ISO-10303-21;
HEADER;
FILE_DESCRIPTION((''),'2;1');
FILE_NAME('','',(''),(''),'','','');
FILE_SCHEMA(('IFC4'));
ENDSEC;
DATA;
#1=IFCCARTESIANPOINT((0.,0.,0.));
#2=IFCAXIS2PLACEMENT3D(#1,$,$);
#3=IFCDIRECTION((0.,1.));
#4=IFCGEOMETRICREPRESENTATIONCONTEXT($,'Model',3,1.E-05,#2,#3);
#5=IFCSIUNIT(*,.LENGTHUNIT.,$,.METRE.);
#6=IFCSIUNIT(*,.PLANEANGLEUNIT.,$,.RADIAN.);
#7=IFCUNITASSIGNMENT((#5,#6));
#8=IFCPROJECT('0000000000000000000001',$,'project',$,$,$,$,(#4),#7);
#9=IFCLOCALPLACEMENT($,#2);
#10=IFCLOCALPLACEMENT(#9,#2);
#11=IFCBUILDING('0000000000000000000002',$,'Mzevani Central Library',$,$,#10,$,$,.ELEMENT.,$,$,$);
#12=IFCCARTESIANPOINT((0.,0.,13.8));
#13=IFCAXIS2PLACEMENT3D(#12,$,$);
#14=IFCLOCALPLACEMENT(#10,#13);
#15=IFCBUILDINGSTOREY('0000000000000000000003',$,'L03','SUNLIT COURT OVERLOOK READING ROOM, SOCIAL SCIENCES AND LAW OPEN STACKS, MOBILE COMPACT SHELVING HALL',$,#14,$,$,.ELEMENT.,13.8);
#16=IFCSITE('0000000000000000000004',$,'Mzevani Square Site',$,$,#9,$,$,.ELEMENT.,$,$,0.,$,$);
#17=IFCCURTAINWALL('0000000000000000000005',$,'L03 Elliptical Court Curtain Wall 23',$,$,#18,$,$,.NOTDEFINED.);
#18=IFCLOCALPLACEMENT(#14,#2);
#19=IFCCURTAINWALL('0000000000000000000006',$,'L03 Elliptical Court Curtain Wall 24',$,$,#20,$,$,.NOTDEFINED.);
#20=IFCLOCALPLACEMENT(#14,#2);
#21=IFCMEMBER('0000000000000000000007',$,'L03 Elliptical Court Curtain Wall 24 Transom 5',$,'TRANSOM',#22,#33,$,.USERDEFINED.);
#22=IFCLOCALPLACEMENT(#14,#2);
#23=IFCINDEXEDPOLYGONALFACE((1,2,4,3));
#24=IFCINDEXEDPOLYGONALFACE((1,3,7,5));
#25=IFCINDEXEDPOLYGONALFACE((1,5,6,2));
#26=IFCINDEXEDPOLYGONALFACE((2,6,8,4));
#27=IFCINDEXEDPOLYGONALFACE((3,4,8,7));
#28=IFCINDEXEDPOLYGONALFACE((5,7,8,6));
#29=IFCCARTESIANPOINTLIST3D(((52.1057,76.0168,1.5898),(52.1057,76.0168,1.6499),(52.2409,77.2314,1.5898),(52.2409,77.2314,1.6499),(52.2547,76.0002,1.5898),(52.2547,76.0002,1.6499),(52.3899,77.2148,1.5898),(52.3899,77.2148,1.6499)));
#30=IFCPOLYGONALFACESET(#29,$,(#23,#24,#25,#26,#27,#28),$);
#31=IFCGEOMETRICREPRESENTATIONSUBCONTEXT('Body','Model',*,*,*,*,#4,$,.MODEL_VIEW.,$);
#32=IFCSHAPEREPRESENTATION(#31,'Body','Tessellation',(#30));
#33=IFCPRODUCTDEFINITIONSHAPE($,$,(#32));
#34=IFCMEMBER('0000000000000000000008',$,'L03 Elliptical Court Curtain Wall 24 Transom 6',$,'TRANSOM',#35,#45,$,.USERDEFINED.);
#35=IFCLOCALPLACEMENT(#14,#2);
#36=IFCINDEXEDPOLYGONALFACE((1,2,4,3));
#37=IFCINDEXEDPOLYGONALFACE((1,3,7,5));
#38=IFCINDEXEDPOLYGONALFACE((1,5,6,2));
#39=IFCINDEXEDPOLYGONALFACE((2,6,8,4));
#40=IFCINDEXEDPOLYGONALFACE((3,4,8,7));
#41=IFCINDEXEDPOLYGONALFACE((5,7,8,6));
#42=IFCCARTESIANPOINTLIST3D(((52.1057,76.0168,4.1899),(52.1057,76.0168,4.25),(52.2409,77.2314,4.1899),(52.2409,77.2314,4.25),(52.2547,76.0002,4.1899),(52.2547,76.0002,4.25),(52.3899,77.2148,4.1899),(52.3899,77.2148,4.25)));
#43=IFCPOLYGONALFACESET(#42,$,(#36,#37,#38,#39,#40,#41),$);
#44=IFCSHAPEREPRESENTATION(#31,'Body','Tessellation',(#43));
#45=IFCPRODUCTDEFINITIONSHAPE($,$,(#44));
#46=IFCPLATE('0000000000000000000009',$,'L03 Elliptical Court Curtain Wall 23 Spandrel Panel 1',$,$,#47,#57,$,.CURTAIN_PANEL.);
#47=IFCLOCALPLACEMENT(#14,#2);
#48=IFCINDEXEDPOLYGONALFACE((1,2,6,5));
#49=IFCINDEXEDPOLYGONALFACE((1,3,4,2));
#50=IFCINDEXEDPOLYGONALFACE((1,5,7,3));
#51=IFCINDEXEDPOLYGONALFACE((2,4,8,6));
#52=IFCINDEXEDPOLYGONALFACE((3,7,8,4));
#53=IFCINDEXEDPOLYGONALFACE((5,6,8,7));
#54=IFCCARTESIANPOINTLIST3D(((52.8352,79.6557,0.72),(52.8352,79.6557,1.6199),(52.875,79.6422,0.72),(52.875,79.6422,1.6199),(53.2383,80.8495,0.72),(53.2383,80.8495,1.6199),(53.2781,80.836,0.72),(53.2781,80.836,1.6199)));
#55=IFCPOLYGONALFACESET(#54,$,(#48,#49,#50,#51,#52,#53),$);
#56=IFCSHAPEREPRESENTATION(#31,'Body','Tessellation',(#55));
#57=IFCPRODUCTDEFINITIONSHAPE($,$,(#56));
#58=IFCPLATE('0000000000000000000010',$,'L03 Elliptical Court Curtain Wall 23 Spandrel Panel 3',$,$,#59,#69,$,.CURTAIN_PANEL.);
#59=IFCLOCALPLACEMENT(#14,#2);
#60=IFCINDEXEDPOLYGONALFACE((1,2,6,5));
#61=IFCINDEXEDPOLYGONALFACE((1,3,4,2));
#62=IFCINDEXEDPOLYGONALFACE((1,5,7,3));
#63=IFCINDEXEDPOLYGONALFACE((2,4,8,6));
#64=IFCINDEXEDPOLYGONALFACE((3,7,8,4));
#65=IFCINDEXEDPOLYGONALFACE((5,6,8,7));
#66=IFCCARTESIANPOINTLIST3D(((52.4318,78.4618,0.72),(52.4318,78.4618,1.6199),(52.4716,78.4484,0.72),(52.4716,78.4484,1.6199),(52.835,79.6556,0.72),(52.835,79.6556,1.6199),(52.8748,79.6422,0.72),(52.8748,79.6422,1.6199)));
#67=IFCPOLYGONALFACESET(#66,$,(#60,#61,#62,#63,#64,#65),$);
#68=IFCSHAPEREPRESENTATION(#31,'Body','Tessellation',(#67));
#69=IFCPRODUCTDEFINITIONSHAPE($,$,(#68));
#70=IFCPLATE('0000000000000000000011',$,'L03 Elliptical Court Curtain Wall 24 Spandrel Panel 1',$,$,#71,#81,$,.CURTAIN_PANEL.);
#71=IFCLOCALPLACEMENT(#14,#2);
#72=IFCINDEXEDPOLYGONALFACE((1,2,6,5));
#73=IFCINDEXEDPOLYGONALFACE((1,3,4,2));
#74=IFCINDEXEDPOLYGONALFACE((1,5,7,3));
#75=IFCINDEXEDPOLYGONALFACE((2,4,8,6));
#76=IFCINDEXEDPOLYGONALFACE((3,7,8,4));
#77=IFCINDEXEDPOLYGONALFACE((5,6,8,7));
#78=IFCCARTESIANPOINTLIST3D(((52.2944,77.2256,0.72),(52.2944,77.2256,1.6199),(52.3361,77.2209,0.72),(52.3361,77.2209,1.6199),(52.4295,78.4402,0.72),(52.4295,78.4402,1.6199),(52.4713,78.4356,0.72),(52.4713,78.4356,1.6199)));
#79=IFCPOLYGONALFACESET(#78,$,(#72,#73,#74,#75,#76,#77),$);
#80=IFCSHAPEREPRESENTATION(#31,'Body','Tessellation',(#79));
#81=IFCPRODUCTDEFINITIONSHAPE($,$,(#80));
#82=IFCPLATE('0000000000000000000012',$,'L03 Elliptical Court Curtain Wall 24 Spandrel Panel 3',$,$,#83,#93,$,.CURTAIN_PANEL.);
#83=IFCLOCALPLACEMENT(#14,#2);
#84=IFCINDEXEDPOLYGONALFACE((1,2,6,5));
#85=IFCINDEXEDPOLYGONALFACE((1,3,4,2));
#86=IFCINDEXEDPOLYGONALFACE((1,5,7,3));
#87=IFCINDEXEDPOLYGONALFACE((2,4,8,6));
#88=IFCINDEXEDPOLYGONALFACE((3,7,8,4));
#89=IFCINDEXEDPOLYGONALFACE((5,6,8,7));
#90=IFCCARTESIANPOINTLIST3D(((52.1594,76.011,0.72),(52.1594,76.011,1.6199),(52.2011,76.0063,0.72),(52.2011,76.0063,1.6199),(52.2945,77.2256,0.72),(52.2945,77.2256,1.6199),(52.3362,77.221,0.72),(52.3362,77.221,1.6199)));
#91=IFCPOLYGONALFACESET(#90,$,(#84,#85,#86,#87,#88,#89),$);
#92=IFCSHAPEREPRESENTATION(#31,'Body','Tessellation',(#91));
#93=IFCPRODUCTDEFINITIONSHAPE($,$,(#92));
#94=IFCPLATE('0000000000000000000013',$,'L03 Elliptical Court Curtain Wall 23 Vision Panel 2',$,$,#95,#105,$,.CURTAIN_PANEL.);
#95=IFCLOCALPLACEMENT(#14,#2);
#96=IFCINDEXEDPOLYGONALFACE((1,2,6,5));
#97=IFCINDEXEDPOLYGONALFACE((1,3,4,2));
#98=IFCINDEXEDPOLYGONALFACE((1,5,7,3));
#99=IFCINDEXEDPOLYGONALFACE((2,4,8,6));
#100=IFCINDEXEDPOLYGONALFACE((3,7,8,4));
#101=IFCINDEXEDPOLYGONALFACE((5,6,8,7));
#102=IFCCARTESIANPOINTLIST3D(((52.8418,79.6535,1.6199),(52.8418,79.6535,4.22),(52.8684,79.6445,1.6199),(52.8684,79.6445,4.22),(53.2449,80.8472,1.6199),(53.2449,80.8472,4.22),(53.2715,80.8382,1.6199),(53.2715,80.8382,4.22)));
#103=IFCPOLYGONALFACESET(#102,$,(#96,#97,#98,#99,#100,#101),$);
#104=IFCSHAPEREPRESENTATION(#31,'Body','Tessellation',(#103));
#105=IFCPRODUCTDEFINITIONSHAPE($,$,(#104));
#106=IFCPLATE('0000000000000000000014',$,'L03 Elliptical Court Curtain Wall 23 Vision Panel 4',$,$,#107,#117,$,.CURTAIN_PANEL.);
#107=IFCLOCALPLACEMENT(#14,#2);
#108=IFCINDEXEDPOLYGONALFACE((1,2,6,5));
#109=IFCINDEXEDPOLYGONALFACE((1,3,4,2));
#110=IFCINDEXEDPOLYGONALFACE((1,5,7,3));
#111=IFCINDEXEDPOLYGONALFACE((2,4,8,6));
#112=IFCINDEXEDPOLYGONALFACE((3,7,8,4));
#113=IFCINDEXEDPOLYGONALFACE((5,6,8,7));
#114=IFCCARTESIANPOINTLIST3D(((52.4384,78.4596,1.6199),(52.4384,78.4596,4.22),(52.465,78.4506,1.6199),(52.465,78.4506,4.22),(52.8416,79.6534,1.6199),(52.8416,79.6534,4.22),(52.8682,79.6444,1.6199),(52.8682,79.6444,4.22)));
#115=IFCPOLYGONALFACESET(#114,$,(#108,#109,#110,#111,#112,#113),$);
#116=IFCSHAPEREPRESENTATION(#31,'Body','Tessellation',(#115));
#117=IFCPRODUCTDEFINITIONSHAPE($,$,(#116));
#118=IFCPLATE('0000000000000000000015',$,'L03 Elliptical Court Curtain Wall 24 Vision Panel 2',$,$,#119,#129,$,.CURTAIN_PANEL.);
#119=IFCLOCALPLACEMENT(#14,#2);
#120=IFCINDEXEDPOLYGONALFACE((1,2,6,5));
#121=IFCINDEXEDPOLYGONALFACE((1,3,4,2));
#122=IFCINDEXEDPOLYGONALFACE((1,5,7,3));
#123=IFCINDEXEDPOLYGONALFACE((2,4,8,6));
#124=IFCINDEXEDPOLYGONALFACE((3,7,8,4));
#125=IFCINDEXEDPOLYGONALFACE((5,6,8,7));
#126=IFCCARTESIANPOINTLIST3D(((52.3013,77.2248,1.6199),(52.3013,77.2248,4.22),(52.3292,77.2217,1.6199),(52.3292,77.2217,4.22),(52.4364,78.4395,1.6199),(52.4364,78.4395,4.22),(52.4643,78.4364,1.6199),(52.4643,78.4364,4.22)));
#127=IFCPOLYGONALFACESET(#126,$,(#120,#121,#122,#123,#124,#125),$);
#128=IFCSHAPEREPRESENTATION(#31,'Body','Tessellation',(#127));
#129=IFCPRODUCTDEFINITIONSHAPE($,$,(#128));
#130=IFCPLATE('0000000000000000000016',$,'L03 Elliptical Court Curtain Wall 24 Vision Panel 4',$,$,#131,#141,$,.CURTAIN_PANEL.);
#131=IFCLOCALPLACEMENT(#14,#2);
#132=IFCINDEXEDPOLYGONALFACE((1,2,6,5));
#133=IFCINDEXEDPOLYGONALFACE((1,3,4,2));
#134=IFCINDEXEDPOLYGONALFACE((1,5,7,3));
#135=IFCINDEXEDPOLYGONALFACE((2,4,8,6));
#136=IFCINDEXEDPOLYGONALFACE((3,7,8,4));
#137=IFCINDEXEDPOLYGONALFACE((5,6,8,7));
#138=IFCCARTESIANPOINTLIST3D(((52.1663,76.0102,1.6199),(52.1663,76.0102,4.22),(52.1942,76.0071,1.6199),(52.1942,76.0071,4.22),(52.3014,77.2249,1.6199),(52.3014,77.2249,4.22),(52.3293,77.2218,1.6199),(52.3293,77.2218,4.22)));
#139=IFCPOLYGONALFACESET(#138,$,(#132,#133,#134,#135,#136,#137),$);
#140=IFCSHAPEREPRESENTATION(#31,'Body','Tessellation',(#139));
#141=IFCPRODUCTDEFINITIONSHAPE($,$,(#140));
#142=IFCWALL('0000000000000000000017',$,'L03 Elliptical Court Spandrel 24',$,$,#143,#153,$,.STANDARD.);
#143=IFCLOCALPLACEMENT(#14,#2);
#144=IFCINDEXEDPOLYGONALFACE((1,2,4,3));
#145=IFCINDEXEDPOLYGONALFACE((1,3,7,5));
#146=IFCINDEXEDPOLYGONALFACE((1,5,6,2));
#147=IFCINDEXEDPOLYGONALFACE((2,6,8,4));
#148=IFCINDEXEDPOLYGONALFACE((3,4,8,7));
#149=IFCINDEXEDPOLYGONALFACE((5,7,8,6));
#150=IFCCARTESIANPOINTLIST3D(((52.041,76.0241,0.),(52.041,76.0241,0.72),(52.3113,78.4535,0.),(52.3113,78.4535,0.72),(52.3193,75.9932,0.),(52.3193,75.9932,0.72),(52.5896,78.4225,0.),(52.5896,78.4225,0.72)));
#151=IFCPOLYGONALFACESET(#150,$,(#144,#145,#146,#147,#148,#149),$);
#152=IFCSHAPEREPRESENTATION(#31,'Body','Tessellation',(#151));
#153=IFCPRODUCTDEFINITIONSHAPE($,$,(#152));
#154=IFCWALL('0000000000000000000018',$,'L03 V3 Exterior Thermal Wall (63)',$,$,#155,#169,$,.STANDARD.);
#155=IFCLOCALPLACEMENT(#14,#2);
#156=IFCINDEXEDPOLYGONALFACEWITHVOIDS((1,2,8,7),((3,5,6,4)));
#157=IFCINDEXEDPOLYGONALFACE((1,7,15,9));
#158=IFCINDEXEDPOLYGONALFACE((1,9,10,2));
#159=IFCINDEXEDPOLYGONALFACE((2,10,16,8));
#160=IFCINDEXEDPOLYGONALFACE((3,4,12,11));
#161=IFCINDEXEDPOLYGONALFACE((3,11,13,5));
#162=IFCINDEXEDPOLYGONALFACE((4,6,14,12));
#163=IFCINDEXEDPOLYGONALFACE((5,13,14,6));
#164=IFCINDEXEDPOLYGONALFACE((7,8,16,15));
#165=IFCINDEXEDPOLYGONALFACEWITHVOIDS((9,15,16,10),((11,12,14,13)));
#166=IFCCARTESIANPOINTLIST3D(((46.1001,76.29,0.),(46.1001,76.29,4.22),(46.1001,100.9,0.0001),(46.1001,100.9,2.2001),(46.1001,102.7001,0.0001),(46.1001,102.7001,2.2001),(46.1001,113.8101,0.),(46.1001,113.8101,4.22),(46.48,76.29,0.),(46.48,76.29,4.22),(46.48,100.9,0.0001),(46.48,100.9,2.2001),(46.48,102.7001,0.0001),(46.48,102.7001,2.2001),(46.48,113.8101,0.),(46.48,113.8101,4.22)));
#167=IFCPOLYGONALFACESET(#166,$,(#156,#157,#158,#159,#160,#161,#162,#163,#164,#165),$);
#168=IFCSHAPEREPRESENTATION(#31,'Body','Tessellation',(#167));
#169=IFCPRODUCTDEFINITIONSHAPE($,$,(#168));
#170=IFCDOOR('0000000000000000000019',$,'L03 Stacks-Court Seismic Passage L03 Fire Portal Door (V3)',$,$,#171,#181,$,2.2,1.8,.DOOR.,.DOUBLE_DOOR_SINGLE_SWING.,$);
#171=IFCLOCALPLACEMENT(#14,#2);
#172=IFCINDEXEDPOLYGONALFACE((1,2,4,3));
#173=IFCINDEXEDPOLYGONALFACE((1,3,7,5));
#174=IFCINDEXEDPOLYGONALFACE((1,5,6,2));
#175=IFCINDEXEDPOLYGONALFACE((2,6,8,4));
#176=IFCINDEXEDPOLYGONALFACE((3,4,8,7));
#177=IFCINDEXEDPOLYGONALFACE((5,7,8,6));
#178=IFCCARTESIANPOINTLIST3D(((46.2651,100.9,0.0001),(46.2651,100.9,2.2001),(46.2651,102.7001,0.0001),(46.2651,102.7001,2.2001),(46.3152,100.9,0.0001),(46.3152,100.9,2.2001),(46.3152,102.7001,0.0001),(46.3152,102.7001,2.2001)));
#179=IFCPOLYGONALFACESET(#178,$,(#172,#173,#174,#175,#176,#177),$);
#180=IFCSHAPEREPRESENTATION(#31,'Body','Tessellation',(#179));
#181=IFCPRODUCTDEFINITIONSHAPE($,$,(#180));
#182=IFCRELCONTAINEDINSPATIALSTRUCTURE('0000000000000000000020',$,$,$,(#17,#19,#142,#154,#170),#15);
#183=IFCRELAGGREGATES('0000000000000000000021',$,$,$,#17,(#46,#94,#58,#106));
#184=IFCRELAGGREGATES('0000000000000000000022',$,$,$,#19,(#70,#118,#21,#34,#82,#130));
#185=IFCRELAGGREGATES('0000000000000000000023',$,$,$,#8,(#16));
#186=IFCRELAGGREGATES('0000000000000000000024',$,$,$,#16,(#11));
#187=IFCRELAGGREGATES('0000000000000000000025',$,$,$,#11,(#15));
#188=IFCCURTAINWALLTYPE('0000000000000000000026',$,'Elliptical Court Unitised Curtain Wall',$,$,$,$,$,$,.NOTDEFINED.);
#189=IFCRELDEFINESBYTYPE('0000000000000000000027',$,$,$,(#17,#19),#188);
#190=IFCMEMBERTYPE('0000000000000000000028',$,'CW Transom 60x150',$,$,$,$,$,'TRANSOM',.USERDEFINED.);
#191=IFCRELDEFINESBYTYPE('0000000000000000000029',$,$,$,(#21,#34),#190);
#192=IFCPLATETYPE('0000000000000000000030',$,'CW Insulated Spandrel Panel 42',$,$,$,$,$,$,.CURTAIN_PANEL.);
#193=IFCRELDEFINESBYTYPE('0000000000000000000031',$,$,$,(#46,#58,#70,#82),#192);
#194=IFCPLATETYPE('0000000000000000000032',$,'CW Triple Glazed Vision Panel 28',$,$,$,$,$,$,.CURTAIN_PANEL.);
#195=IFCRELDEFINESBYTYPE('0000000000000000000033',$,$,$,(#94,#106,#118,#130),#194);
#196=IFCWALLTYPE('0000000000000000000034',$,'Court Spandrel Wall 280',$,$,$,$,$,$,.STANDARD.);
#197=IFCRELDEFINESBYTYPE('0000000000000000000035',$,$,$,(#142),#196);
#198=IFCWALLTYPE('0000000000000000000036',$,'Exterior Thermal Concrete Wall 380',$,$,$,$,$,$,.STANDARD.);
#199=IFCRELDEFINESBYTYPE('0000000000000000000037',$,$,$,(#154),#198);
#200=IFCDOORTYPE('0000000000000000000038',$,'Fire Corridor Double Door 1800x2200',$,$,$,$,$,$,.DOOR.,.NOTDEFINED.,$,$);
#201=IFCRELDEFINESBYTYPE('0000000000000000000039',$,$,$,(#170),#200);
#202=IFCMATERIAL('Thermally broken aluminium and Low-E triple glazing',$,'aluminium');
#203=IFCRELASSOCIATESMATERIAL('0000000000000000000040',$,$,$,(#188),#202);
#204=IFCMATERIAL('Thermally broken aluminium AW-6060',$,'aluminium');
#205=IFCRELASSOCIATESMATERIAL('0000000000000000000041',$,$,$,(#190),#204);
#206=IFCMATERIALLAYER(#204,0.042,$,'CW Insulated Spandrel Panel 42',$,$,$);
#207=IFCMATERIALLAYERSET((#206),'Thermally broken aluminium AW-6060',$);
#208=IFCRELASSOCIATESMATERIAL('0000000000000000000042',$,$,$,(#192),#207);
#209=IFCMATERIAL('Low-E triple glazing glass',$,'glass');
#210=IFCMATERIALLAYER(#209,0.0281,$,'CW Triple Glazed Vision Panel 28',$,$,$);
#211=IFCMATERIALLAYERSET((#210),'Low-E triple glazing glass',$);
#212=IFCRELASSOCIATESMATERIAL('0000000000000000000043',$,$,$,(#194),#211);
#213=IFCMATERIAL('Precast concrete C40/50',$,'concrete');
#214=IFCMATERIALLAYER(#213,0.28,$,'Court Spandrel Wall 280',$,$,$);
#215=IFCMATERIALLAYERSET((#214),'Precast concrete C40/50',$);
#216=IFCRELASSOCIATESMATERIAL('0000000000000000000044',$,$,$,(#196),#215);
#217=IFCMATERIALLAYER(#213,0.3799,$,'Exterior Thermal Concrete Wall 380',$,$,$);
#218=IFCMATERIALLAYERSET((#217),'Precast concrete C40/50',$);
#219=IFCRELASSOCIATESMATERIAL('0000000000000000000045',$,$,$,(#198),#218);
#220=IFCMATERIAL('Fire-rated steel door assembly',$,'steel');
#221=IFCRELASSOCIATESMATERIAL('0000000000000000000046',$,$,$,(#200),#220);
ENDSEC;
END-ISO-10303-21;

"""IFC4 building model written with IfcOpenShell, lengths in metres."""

from ifc_helpers import new_model, si_unit, direction, frame, frame_2d, origin, origin_2d, place, context, subcontext, project, spatial, rectangle, extrude, material, layer, layer_set, material_profile, profile_set, type_object, element, fill, aggregate, save


model = new_model("IFC4")

# Units and contexts
model_context = context("Model", 3, precision=1e-05, world=origin(), true_north=direction((0.0, 1.0)))
body_context = subcontext(model_context, "Body", "Model", "MODEL_VIEW")
ifc_project = project(units=[si_unit("LENGTHUNIT", "METRE"), si_unit("PLANEANGLEUNIT", "RADIAN")], contexts=[model_context])

# Site, building, storey
site_placement = place(None, origin())
site = spatial("IfcSite", under=ifc_project, at=site_placement, Name="Mzevani Square Site", CompositionType="ELEMENT", RefElevation=0.0)
building_placement = place(site_placement, origin())
building = spatial("IfcBuilding", under=site, at=building_placement, Name="Mzevani Central Library", CompositionType="ELEMENT")
storey_placement = place(building_placement, frame((0.0, 0.0, 13.8)))
storey = spatial("IfcBuildingStorey", under=building, at=storey_placement, Name="L03", Description="SUNLIT COURT OVERLOOK READING ROOM, SOCIAL SCIENCES AND LAW OPEN STACKS, MOBILE COMPACT SHELVING HALL", CompositionType="ELEMENT", Elevation=13.8)

# Curtain walls
ifc_material_1 = material(Name="Thermally broken aluminium and Low-E triple glazing", Category="aluminium")
curtain_wall_type = type_object("IfcCurtainWallType", Name="Elliptical Court Unitised Curtain Wall", PredefinedType="NOTDEFINED", material=ifc_material_1)
curtain_wall_1_placement = place(storey_placement, origin())
curtain_wall_1 = element("IfcCurtainWall", 1, at=curtain_wall_1_placement, inside=storey, type_object=curtain_wall_type, Name="L03 Elliptical Court Curtain Wall 23", PredefinedType="NOTDEFINED")
ifc_material_2 = material(Name="Thermally broken aluminium AW-6060", Category="aluminium")
curtain_wall_2_placement = place(storey_placement, origin())
curtain_wall_2 = element("IfcCurtainWall", 2, at=curtain_wall_2_placement, inside=storey, type_object=curtain_wall_type, Name="L03 Elliptical Court Curtain Wall 24", PredefinedType="NOTDEFINED")

# Members
ifc_material_profile_1 = material_profile(ifc_material_2, rectangle(XDim=0.1499, YDim=0.0601, at=origin_2d()), Name="ALU T60x150")
ifc_profile_set_1 = profile_set([ifc_material_profile_1], Name="Thermally broken aluminium AW-6060")
member_type_1 = type_object("IfcMemberType", Name="CW Transom 60x150", ElementType="TRANSOM", PredefinedType="USERDEFINED", material=ifc_profile_set_1)
member_1_placement = place(storey_placement, frame((52.3154, 77.2231, 1.6199), z_axis=(-0.110673, -0.993857, 0.0), x_axis=(0.993857, -0.110673, 0.0)))
member_1 = element("IfcMember", 3, at=member_1_placement, type_object=member_type_1, Name="L03 Elliptical Court Curtain Wall 24 Transom 5", ObjectType="TRANSOM", PredefinedType="USERDEFINED", context=body_context, shape_type="SweptSolid", body=[
    extrude(rectangle(XDim=0.1499, YDim=0.0601, at=origin_2d()), origin(), (0.0, 0.0, 1.0), 1.2222),
])
member_2_placement = place(storey_placement, frame((52.3154, 77.2231, 4.22), z_axis=(-0.110673, -0.993857, 0.0), x_axis=(0.993857, -0.110673, 0.0)))
member_2 = element("IfcMember", 4, at=member_2_placement, type_object=member_type_1, Name="L03 Elliptical Court Curtain Wall 24 Transom 6", ObjectType="TRANSOM", PredefinedType="USERDEFINED", context=body_context, shape_type="SweptSolid", body=[
    extrude(rectangle(XDim=0.1499, YDim=0.0601, at=origin_2d()), origin(), (0.0, 0.0, 1.0), 1.2222),
])

# Plates
ifc_layer_1 = layer(ifc_material_2, 0.042, Name="CW Insulated Spandrel Panel 42")
ifc_layer_set_1 = layer_set([ifc_layer_1], Name="Thermally broken aluminium AW-6060")
plate_type_1 = type_object("IfcPlateType", Name="CW Insulated Spandrel Panel 42", PredefinedType="CURTAIN_PANEL", material=ifc_layer_set_1)
plate_1_placement = place(storey_placement, frame((53.0566, 80.2458, 0.72), z_axis=(0.0, 0.0, 1.0), x_axis=(-0.319963, -0.94743, 0.0)))
plate_1 = element("IfcPlate", 5, at=plate_1_placement, type_object=plate_type_1, Name="L03 Elliptical Court Curtain Wall 23 Spandrel Panel 1", PredefinedType="CURTAIN_PANEL", context=body_context, shape_type="SweptSolid", body=[
    extrude(rectangle(XDim=1.26, YDim=0.042, at=origin_2d()), origin(), (0.0, 0.0, 1.0), 0.8999),
])
plate_2_placement = place(storey_placement, frame((52.6533, 79.052, 0.72), z_axis=(0.0, 0.0, 1.0), x_axis=(-0.319963, -0.94743, 0.0)))
plate_2 = element("IfcPlate", 6, at=plate_2_placement, type_object=plate_type_1, Name="L03 Elliptical Court Curtain Wall 23 Spandrel Panel 3", PredefinedType="CURTAIN_PANEL", context=body_context, shape_type="SweptSolid", body=[
    extrude(rectangle(XDim=1.26, YDim=0.042, at=origin_2d()), origin(), (0.0, 0.0, 1.0), 0.8999),
])
plate_3_placement = place(storey_placement, frame((52.3828, 77.8306, 0.72), z_axis=(0.0, 0.0, 1.0), x_axis=(-0.110579, -0.993867, 0.0)))
plate_3 = element("IfcPlate", 7, at=plate_3_placement, type_object=plate_type_1, Name="L03 Elliptical Court Curtain Wall 24 Spandrel Panel 1", PredefinedType="CURTAIN_PANEL", context=body_context, shape_type="SweptSolid", body=[
    extrude(rectangle(XDim=1.2222, YDim=0.042, at=origin_2d()), origin(), (0.0, 0.0, 1.0), 0.8999),
])
plate_4_placement = place(storey_placement, frame((52.2478, 76.616, 0.72), z_axis=(0.0, 0.0, 1.0), x_axis=(-0.110579, -0.993867, 0.0)))
plate_4 = element("IfcPlate", 8, at=plate_4_placement, type_object=plate_type_1, Name="L03 Elliptical Court Curtain Wall 24 Spandrel Panel 3", PredefinedType="CURTAIN_PANEL", context=body_context, shape_type="SweptSolid", body=[
    extrude(rectangle(XDim=1.2222, YDim=0.042, at=origin_2d()), origin(), (0.0, 0.0, 1.0), 0.8999),
])
ifc_material_3 = material(Name="Low-E triple glazing glass", Category="glass")
ifc_layer_2 = layer(ifc_material_3, 0.0281, Name="CW Triple Glazed Vision Panel 28")
ifc_layer_set_2 = layer_set([ifc_layer_2], Name="Low-E triple glazing glass")
plate_type_2 = type_object("IfcPlateType", Name="CW Triple Glazed Vision Panel 28", PredefinedType="CURTAIN_PANEL", material=ifc_layer_set_2)
plate_5_placement = place(storey_placement, frame((53.0566, 80.2458, 1.6199), z_axis=(0.0, 0.0, 1.0), x_axis=(-0.319963, -0.94743, 0.0)))
plate_5 = element("IfcPlate", 9, at=plate_5_placement, type_object=plate_type_2, Name="L03 Elliptical Court Curtain Wall 23 Vision Panel 2", PredefinedType="CURTAIN_PANEL", context=body_context, shape_type="SweptSolid", body=[
    extrude(rectangle(XDim=1.26, YDim=0.0281, at=origin_2d()), origin(), (0.0, 0.0, 1.0), 2.6001),
])
plate_6_placement = place(storey_placement, frame((52.6533, 79.052, 1.6199), z_axis=(0.0, 0.0, 1.0), x_axis=(-0.319963, -0.94743, 0.0)))
plate_6 = element("IfcPlate", 10, at=plate_6_placement, type_object=plate_type_2, Name="L03 Elliptical Court Curtain Wall 23 Vision Panel 4", PredefinedType="CURTAIN_PANEL", context=body_context, shape_type="SweptSolid", body=[
    extrude(rectangle(XDim=1.26, YDim=0.0281, at=origin_2d()), origin(), (0.0, 0.0, 1.0), 2.6001),
])
aggregate(curtain_wall_1, [plate_1, plate_5, plate_2, plate_6])
plate_7_placement = place(storey_placement, frame((52.3828, 77.8306, 1.6199), z_axis=(0.0, 0.0, 1.0), x_axis=(-0.110579, -0.993867, 0.0)))
plate_7 = element("IfcPlate", 11, at=plate_7_placement, type_object=plate_type_2, Name="L03 Elliptical Court Curtain Wall 24 Vision Panel 2", PredefinedType="CURTAIN_PANEL", context=body_context, shape_type="SweptSolid", body=[
    extrude(rectangle(XDim=1.2222, YDim=0.0281, at=origin_2d()), origin(), (0.0, 0.0, 1.0), 2.6001),
])
plate_8_placement = place(storey_placement, frame((52.2478, 76.616, 1.6199), z_axis=(0.0, 0.0, 1.0), x_axis=(-0.110579, -0.993867, 0.0)))
plate_8 = element("IfcPlate", 12, at=plate_8_placement, type_object=plate_type_2, Name="L03 Elliptical Court Curtain Wall 24 Vision Panel 4", PredefinedType="CURTAIN_PANEL", context=body_context, shape_type="SweptSolid", body=[
    extrude(rectangle(XDim=1.2222, YDim=0.0281, at=origin_2d()), origin(), (0.0, 0.0, 1.0), 2.6001),
])
aggregate(curtain_wall_2, [plate_3, plate_7, member_1, member_2, plate_4, plate_8])

# Wall
ifc_material_4 = material(Name="Precast concrete C40/50", Category="concrete")
ifc_layer_3 = layer(ifc_material_4, 0.28, Name="Court Spandrel Wall 280")
ifc_layer_set_3 = layer_set([ifc_layer_3], Name="Precast concrete C40/50")
wall_type_1 = type_object("IfcWallType", Name="Court Spandrel Wall 280", PredefinedType="STANDARD", material=ifc_layer_set_3)
wall_1_placement = place(storey_placement, frame((52.4504, 78.438, 0.0), z_axis=(0.0, 0.0, 1.0), x_axis=(-0.110563, -0.993869, 0.0)))
element("IfcWall", 13, at=wall_1_placement, inside=storey, type_object=wall_type_1, Name="L03 Elliptical Court Spandrel 24", PredefinedType="STANDARD", context=body_context, shape_type="SweptSolid", body=[
    extrude(rectangle(XDim=2.4443, YDim=0.28, at=frame_2d((1.2222, 0.0))), origin(), (0.0, 0.0, 1.0), 0.72),
])

# Wall, opening, door
ifc_layer_4 = layer(ifc_material_4, 0.3799, Name="Exterior Thermal Concrete Wall 380")
ifc_layer_set_4 = layer_set([ifc_layer_4], Name="Precast concrete C40/50")
wall_type_2 = type_object("IfcWallType", Name="Exterior Thermal Concrete Wall 380", PredefinedType="STANDARD", material=ifc_layer_set_4)
wall_2_placement = place(storey_placement, frame((46.29, 76.29, 0.0), z_axis=(0.0, 0.0, 1.0), x_axis=(0.0, 1.0, 0.0)))
wall_2 = element("IfcWall", 14, at=wall_2_placement, inside=storey, type_object=wall_type_2, Name="L03 V3 Exterior Thermal Wall (63)", PredefinedType="STANDARD", context=body_context, shape_type="SweptSolid", body=[
    extrude(rectangle(XDim=37.52, YDim=0.3799, at=frame_2d((18.76, 0.0))), origin(), (0.0, 0.0, 1.0), 4.22),
])
opening_placement = place(wall_2_placement, frame((24.6101, 0.0, 0.0)))
opening = element("IfcOpeningElement", 15, at=opening_placement, cuts=wall_2, PredefinedType="OPENING", context=body_context, shape_type="SweptSolid", body=[
    extrude(rectangle(XDim=1.8, YDim=2.2, at=frame_2d((0.8999, 1.1001))), frame((0.0, 0.2, 0.0), z_axis=(0.0, -1.0, 0.0), x_axis=(1.0, 0.0, 0.0)), (0.0, 0.0, 1.0), 0.3999),
])
ifc_material_5 = material(Name="Fire-rated steel door assembly", Category="steel")
door_type = type_object("IfcDoorType", Name="Fire Corridor Double Door 1800x2200", OperationType="NOTDEFINED", PredefinedType="DOOR", material=ifc_material_5)
door_placement = place(opening_placement, origin())
door = element("IfcDoor", 16, at=door_placement, inside=storey, type_object=door_type, Name="L03 Stacks-Court Seismic Passage L03 Fire Portal Door (V3)", OperationType="DOUBLE_DOOR_SINGLE_SWING", OverallHeight=2.2, OverallWidth=1.8, PredefinedType="DOOR", context=body_context, shape_type="SweptSolid", body=[
    extrude(rectangle(XDim=1.8, YDim=2.2, at=frame_2d((0.8999, 1.1001))), frame((0.0, 0.0249, 0.0), z_axis=(0.0, -1.0, 0.0), x_axis=(1.0, 0.0, 0.0)), (0.0, 0.0, 1.0), 0.05),
])
fill(opening, door)

save(model, "model.ifc")
